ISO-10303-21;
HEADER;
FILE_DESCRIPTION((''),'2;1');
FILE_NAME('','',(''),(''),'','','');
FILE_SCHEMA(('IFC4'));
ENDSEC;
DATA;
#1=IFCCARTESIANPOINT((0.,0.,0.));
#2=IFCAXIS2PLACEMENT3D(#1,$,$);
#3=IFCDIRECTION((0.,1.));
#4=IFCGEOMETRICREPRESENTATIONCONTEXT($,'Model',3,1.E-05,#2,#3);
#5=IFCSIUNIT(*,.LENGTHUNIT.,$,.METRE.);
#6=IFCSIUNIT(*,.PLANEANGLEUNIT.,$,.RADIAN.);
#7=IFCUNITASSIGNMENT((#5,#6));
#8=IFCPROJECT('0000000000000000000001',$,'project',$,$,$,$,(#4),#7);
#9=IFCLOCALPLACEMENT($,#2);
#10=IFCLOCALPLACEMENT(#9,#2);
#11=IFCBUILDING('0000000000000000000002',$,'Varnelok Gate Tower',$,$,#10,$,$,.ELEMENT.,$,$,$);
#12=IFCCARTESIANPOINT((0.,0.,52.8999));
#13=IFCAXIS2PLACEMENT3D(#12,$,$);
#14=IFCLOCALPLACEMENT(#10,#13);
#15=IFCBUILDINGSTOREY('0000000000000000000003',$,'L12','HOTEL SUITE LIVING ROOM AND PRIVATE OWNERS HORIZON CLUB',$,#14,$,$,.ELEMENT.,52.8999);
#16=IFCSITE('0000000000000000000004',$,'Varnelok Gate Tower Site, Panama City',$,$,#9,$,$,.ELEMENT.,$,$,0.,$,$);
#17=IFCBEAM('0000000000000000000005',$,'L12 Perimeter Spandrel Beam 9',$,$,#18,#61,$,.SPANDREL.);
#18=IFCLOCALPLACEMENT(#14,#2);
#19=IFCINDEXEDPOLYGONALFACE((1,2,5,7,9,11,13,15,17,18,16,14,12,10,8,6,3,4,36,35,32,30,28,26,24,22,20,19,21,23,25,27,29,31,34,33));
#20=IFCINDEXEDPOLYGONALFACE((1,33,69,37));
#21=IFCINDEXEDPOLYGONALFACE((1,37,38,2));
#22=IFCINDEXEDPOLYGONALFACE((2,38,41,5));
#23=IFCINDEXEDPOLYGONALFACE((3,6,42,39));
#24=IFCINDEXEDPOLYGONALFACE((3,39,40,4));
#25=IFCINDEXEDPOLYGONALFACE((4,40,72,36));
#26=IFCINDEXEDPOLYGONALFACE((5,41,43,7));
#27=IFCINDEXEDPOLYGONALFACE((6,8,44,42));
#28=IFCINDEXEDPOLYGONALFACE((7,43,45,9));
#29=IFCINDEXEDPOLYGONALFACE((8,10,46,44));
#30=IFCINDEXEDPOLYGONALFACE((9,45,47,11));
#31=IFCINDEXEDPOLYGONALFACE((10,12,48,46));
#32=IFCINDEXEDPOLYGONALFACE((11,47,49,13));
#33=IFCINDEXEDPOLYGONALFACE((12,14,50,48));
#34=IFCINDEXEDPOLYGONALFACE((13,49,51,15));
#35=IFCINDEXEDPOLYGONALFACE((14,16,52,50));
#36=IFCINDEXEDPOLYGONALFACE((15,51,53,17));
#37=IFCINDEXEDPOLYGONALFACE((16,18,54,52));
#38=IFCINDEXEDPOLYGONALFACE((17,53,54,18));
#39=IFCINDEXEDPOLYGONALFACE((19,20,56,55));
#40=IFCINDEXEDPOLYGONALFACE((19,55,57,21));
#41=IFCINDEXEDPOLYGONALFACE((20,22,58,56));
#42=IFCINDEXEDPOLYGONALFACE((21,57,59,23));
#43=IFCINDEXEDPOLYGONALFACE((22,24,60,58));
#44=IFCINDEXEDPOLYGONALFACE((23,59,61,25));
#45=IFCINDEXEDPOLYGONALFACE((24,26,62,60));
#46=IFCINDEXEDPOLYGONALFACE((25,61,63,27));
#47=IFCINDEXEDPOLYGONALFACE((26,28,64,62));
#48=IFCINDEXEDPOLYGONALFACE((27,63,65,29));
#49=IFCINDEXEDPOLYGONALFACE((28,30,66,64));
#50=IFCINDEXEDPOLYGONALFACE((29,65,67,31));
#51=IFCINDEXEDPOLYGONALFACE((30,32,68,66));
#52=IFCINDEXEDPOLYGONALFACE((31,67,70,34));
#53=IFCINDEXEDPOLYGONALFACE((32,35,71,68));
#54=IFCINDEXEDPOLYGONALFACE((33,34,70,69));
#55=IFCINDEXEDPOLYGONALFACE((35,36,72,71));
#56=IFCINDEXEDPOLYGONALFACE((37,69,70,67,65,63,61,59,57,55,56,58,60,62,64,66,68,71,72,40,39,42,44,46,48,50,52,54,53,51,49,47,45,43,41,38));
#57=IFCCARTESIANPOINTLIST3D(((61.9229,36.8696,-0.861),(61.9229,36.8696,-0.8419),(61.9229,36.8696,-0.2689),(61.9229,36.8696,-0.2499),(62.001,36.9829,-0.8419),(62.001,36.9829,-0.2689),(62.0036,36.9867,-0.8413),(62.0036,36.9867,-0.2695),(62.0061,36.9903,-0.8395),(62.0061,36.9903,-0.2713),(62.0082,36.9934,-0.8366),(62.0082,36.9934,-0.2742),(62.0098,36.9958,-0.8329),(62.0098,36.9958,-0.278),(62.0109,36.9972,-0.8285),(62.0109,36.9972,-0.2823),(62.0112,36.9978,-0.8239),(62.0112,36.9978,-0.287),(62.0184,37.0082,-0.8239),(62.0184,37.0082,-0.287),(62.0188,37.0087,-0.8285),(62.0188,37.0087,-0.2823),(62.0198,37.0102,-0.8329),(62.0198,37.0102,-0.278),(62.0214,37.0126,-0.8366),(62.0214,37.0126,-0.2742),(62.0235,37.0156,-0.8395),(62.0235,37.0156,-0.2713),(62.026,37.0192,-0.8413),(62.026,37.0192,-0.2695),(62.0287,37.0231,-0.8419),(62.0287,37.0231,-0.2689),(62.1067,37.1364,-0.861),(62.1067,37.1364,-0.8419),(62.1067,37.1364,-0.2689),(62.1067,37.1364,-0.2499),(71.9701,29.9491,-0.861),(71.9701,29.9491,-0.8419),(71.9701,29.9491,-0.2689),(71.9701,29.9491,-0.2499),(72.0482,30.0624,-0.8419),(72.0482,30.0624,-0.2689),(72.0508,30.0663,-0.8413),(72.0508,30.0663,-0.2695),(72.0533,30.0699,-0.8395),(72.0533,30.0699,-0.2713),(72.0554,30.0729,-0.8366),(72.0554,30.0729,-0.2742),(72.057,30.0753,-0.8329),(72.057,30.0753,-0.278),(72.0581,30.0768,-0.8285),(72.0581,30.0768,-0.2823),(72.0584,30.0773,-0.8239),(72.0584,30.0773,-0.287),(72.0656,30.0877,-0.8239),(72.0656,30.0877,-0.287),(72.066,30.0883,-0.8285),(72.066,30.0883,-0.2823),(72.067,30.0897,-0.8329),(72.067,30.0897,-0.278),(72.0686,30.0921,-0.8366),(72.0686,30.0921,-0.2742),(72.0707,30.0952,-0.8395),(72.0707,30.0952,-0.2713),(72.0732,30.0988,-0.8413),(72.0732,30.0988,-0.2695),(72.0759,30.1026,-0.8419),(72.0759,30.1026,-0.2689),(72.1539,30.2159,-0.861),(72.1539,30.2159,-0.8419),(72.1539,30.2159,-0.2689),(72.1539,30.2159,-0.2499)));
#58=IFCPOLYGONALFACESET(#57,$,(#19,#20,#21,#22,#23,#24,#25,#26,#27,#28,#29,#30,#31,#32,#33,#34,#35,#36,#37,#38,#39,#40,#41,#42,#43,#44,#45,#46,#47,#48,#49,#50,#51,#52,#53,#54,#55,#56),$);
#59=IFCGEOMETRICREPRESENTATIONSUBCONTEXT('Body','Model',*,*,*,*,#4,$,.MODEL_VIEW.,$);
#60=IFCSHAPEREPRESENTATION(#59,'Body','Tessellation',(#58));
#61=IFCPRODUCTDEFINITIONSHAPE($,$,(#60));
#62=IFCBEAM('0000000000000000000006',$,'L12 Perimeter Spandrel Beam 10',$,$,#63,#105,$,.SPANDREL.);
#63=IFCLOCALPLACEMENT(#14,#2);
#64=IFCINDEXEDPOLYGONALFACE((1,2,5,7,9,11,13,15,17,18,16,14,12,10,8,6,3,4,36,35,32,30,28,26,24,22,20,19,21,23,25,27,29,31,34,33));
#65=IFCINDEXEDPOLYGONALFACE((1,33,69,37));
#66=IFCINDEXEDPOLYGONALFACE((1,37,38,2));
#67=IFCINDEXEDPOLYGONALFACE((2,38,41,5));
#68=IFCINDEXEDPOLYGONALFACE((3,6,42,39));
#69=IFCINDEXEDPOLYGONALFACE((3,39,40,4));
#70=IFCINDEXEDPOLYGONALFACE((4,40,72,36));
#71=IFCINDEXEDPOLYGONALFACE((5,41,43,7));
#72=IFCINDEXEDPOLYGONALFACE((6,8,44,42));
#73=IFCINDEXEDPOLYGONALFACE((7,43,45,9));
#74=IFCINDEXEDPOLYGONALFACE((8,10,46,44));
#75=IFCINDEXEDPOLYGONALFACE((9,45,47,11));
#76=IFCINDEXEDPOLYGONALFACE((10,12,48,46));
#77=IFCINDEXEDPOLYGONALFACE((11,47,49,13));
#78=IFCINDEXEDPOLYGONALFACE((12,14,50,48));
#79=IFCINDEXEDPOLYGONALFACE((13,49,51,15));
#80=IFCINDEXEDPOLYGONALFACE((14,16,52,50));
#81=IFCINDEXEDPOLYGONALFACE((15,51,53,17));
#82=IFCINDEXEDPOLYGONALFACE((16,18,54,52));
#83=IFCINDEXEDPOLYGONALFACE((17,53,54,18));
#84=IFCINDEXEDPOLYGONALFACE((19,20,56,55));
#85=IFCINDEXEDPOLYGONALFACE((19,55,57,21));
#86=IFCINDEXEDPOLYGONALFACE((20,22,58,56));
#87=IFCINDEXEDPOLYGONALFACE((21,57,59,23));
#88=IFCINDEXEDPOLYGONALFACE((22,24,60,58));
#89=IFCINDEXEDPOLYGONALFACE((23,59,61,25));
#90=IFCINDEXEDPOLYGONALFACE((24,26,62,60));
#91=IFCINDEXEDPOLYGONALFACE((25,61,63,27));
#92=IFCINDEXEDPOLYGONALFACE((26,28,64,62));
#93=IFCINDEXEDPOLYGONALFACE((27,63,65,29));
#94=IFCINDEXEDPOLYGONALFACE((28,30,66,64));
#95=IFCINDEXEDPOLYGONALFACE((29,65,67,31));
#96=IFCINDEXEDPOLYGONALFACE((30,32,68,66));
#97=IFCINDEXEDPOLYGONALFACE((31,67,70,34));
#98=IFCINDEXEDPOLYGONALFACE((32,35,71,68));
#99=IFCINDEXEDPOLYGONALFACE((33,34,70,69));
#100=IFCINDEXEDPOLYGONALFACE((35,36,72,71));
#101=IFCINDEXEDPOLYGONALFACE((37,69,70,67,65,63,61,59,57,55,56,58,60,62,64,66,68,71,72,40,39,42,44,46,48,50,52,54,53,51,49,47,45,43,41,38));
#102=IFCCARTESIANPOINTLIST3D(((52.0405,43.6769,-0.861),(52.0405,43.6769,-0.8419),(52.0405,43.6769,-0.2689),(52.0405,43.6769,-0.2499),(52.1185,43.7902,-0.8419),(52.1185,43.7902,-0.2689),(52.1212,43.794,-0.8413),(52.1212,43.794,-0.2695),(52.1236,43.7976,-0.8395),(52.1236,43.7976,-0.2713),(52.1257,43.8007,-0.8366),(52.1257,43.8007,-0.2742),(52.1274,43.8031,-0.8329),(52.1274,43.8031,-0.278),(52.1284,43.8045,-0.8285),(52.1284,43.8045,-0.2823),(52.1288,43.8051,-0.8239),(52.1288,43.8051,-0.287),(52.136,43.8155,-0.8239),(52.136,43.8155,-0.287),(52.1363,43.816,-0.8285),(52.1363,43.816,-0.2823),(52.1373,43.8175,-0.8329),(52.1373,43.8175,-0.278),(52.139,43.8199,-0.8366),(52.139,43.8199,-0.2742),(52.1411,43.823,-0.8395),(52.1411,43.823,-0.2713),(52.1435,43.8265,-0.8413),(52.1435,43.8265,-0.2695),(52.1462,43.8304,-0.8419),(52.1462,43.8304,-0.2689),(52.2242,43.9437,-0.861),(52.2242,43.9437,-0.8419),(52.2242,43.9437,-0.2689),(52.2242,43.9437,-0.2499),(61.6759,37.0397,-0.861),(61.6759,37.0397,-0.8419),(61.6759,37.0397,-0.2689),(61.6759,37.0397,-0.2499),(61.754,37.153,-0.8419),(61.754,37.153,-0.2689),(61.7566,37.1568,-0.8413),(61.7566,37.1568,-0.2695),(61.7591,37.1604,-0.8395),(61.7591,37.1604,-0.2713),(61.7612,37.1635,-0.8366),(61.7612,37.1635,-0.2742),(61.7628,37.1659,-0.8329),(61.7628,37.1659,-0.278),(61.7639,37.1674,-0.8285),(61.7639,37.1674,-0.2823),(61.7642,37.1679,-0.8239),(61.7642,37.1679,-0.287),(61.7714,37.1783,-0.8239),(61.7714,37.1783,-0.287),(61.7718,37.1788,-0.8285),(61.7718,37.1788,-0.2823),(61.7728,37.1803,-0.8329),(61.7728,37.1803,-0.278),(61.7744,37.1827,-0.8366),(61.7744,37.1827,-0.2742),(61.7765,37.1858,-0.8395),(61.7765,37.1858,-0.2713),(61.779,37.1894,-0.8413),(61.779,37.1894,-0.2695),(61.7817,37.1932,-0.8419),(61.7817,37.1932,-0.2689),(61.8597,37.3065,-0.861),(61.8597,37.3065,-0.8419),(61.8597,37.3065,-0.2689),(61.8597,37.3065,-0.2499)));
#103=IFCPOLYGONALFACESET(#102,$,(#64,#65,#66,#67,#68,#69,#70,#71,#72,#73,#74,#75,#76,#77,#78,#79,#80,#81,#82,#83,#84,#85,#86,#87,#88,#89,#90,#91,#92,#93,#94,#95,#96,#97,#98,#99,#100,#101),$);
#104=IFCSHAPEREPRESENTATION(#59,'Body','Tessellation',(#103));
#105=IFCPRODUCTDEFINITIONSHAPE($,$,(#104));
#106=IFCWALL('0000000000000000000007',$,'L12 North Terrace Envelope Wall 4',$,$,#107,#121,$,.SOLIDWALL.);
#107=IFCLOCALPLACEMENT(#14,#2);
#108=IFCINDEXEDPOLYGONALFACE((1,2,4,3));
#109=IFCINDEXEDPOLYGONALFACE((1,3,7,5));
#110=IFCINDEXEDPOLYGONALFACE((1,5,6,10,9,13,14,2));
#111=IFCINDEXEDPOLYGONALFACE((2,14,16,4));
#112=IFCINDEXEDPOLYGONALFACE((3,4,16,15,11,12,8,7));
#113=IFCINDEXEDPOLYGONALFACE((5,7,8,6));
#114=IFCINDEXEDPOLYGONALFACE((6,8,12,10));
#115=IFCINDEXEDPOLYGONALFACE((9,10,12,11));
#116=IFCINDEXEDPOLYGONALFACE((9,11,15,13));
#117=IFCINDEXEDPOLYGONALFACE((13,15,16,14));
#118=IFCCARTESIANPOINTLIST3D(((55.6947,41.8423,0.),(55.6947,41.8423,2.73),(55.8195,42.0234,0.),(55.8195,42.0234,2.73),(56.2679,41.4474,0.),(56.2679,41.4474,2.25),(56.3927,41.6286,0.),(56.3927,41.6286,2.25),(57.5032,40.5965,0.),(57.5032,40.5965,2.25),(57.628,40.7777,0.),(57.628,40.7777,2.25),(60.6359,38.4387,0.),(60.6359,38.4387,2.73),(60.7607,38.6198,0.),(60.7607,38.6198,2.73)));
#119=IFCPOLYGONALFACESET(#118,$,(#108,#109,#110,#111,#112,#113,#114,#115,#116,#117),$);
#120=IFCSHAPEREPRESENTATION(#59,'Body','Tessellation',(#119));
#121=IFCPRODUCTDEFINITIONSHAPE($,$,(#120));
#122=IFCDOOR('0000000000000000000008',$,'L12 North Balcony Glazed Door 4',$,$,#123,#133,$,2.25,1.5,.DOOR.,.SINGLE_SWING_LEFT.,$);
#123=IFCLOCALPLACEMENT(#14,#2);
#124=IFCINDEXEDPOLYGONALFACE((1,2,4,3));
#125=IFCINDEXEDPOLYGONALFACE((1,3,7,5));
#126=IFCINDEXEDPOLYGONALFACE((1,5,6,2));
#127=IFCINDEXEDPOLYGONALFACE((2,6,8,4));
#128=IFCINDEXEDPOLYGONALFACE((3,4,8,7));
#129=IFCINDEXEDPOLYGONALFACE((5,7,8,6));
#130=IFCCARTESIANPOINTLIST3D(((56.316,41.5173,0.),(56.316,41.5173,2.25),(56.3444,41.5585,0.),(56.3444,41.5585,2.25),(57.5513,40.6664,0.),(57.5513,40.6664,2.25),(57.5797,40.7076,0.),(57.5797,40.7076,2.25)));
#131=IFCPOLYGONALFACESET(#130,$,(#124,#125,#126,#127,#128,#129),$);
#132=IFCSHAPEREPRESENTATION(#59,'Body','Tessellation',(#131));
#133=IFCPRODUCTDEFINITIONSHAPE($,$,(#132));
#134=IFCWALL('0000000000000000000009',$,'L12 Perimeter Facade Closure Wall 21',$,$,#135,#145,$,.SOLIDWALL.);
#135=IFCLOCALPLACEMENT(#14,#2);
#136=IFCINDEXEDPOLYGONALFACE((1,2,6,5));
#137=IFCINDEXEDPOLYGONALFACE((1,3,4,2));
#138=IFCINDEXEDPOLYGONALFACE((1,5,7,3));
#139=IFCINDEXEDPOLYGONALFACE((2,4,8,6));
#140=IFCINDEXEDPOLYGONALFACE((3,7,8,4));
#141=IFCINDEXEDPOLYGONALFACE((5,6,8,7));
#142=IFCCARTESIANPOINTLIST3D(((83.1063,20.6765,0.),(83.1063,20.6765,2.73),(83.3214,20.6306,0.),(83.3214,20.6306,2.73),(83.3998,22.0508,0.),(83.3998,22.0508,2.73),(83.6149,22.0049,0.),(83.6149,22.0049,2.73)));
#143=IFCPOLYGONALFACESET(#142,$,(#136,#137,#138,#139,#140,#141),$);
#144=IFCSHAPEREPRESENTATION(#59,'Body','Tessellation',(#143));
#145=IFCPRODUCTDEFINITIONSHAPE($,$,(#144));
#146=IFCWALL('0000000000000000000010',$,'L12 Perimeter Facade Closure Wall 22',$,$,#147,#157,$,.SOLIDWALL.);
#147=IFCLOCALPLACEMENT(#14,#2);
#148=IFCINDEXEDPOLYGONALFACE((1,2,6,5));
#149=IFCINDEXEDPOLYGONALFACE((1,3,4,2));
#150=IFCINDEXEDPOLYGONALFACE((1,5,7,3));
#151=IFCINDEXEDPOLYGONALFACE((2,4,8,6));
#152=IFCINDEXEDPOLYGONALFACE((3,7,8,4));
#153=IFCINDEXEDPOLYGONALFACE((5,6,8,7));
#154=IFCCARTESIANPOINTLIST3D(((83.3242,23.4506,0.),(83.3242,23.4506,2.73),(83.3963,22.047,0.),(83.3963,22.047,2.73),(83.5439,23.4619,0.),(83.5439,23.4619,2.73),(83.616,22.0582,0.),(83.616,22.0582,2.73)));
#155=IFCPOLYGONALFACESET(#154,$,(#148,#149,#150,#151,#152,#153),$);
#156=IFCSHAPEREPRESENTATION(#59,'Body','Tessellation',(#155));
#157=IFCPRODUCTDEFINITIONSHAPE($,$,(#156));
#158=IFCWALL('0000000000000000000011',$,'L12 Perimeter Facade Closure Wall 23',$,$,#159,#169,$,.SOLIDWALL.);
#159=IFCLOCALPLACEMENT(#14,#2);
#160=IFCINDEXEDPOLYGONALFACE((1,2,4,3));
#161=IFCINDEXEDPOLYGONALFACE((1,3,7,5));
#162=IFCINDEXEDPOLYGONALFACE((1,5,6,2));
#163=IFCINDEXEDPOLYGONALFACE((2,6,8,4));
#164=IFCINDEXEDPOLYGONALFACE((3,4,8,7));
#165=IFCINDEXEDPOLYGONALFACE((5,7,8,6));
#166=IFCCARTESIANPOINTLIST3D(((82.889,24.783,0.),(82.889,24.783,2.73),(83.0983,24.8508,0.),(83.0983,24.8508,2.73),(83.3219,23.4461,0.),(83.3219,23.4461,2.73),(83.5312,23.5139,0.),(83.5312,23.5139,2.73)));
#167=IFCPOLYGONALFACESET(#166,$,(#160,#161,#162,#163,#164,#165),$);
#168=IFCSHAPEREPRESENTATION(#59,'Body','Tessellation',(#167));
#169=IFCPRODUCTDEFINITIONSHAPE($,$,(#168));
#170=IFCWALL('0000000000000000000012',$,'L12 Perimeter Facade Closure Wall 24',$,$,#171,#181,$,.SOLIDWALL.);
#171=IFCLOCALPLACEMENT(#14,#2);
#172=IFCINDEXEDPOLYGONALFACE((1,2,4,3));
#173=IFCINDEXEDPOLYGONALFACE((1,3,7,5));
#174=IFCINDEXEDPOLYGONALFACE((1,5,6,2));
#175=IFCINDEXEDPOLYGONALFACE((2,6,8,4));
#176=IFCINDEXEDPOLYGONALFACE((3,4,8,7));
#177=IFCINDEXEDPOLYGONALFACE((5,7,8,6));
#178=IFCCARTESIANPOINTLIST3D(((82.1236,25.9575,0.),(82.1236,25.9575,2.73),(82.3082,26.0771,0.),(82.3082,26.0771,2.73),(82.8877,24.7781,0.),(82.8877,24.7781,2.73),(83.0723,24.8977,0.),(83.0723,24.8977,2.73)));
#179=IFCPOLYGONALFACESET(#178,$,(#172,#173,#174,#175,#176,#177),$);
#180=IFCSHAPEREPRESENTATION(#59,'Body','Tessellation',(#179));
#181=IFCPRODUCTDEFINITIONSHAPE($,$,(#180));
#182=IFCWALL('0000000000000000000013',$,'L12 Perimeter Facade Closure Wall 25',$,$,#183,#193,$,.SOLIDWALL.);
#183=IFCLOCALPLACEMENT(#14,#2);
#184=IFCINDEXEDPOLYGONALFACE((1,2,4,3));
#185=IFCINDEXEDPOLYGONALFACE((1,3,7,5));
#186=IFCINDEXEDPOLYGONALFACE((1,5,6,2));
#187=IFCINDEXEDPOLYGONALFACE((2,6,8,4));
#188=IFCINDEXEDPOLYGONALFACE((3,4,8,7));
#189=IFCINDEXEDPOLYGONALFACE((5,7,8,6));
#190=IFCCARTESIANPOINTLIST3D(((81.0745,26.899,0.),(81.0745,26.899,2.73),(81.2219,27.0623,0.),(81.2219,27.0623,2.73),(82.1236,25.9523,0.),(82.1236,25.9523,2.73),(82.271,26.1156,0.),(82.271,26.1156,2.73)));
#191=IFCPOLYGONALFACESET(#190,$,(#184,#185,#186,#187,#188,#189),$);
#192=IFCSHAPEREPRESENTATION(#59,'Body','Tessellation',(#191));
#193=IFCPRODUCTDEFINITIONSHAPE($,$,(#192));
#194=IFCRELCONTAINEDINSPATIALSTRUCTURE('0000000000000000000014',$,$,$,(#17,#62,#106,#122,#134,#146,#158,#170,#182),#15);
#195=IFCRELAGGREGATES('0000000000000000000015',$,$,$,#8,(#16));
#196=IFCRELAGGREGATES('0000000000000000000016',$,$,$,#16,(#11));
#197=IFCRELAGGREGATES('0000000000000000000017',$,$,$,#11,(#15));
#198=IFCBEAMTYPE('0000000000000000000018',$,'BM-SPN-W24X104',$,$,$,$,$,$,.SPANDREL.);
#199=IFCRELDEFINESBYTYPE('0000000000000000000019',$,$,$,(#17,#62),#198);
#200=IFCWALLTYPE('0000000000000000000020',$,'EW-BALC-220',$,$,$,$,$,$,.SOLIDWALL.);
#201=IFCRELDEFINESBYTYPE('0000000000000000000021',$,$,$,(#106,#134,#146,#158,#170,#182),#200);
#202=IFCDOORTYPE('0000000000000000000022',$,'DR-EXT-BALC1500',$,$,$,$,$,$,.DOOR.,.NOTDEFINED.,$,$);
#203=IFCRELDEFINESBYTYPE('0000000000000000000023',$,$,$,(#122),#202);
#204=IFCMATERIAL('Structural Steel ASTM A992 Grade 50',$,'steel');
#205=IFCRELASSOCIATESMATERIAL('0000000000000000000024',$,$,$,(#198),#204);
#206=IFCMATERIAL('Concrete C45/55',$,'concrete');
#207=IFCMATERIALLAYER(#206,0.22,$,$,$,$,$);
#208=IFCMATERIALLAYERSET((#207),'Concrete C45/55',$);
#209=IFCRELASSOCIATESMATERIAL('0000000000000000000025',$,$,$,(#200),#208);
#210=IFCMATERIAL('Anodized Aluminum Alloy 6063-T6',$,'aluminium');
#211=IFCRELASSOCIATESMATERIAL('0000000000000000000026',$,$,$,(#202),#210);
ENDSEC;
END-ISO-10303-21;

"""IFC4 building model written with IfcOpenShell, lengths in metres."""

from ifc_helpers import new_model, si_unit, direction, frame, frame_2d, origin, origin_2d, place, context, subcontext, project, spatial, rectangle, i_section, extrude, material, layer, layer_set, material_profile, profile_set, type_object, element, fill, save


model = new_model("IFC4")

# Units and contexts
model_context = context("Model", 3, precision=1e-05, world=origin(), true_north=direction((0.0, 1.0)))
body_context = subcontext(model_context, "Body", "Model", "MODEL_VIEW")
ifc_project = project(units=[si_unit("LENGTHUNIT", "METRE"), si_unit("PLANEANGLEUNIT", "RADIAN")], contexts=[model_context])

# Site, building, storey
site_placement = place(None, origin())
site = spatial("IfcSite", under=ifc_project, at=site_placement, Name="Varnelok Gate Tower Site, Panama City", CompositionType="ELEMENT", RefElevation=0.0)
building_placement = place(site_placement, origin())
building = spatial("IfcBuilding", under=site, at=building_placement, Name="Varnelok Gate Tower", CompositionType="ELEMENT")
storey_placement = place(building_placement, frame((0.0, 0.0, 52.8999)))
storey = spatial("IfcBuildingStorey", under=building, at=storey_placement, Name="L12", Description="HOTEL SUITE LIVING ROOM AND PRIVATE OWNERS HORIZON CLUB", CompositionType="ELEMENT", Elevation=52.8999)

# Shared definitions
ifc_material_1 = material(Name="Structural Steel ASTM A992 Grade 50", Category="steel")

# Beams
ifc_material_profile_1 = material_profile(ifc_material_1, i_section(OverallWidth=0.324, OverallDepth=0.6111, WebThickness=0.0127, FlangeThickness=0.019, FilletRadius=0.0181, at=origin_2d()), Name="W24X104")
ifc_profile_set_1 = profile_set([ifc_material_profile_1], Name="Structural Steel ASTM A992 Grade 50")
beam_type_1 = type_object("IfcBeamType", Name="BM-SPN-W24X104", PredefinedType="SPANDREL", material=ifc_profile_set_1)
beam_1_placement = place(storey_placement, frame((72.062, 30.0825, -0.5554), z_axis=(-0.823544, 0.567253, 0.0), x_axis=(-0.567253, -0.823544, 0.0)))
element("IfcBeam", 1, at=beam_1_placement, inside=storey, type_object=beam_type_1, Name="L12 Perimeter Spandrel Beam 9", PredefinedType="SPANDREL", context=body_context, shape_type="SweptSolid", body=[
    extrude(i_section(OverallWidth=0.324, OverallDepth=0.6111, WebThickness=0.0127, FlangeThickness=0.019, FilletRadius=0.0181, at=origin_2d()), origin(), (0.0, 0.0, 1.0), 12.2),
])
beam_2_placement = place(storey_placement, frame((61.7678, 37.1731, -0.5554), z_axis=(-0.823531, 0.567272, 0.0), x_axis=(-0.567272, -0.823531, 0.0)))
element("IfcBeam", 2, at=beam_2_placement, inside=storey, type_object=beam_type_1, Name="L12 Perimeter Spandrel Beam 10", PredefinedType="SPANDREL", context=body_context, shape_type="SweptSolid", body=[
    extrude(i_section(OverallWidth=0.324, OverallDepth=0.6111, WebThickness=0.0127, FlangeThickness=0.019, FilletRadius=0.0181, at=origin_2d()), origin(), (0.0, 0.0, 1.0), 11.7002),
])

# Wall, opening, door
ifc_material_2 = material(Name="Concrete C45/55", Category="concrete")
ifc_layer = layer(ifc_material_2, 0.22)
ifc_layer_set = layer_set([ifc_layer], Name="Concrete C45/55")
wall_type = type_object("IfcWallType", Name="EW-BALC-220", PredefinedType="SOLIDWALL", material=ifc_layer_set)
wall_1_placement = place(storey_placement, frame((55.7571, 41.9329, 0.0), z_axis=(0.0, 0.0, 1.0), x_axis=(0.823535, -0.567266, 0.0)))
wall_1 = element("IfcWall", 3, at=wall_1_placement, inside=storey, type_object=wall_type, Name="L12 North Terrace Envelope Wall 4", PredefinedType="SOLIDWALL", context=body_context, shape_type="SweptSolid", body=[
    extrude(rectangle(XDim=6.0, YDim=0.22, at=frame_2d((3.0, 0.0))), origin(), (0.0, 0.0, 1.0), 2.73),
])
opening_1_placement = place(wall_1_placement, frame((0.696, 0.0, 0.0)))
opening_1 = element("IfcOpeningElement", 4, at=opening_1_placement, cuts=wall_1, PredefinedType="OPENING", context=body_context, shape_type="SweptSolid", body=[
    extrude(rectangle(XDim=1.5, YDim=2.25, at=frame_2d((0.75, 1.125))), frame((0.0, 0.1199, 0.0), z_axis=(0.0, -1.0, 0.0), x_axis=(1.0, 0.0, 0.0)), (0.0, 0.0, 1.0), 0.24),
])
ifc_material_3 = material(Name="Anodized Aluminum Alloy 6063-T6", Category="aluminium")
door_type = type_object("IfcDoorType", Name="DR-EXT-BALC1500", OperationType="NOTDEFINED", PredefinedType="DOOR", material=ifc_material_3)
door_placement = place(opening_1_placement, origin())
door = element("IfcDoor", 5, at=door_placement, inside=storey, type_object=door_type, Name="L12 North Balcony Glazed Door 4", OperationType="SINGLE_SWING_LEFT", OverallHeight=2.25, OverallWidth=1.5, PredefinedType="DOOR", context=body_context, shape_type="SweptSolid", body=[
    extrude(rectangle(XDim=1.5, YDim=2.25, at=frame_2d((0.75, 1.125))), frame((0.0, 0.0249, 0.0), z_axis=(0.0, -1.0, 0.0), x_axis=(1.0, 0.0, 0.0)), (0.0, 0.0, 1.0), 0.05),
])
fill(opening_1, door)

# Walls
wall_2_placement = place(storey_placement, frame((83.2139, 20.6536, 0.0), z_axis=(0.0, 0.0, 1.0), x_axis=(0.208829, 0.977952, 0.0)))
element("IfcWall", 6, at=wall_2_placement, inside=storey, type_object=wall_type, Name="L12 Perimeter Facade Closure Wall 21", PredefinedType="SOLIDWALL", context=body_context, shape_type="SweptSolid", body=[
    extrude(rectangle(XDim=1.4053, YDim=0.22, at=frame_2d((0.7026, 0.0))), origin(), (0.0, 0.0, 1.0), 2.73),
])
wall_3_placement = place(storey_placement, frame((83.5061, 22.0527, 0.0), z_axis=(0.0, 0.0, 1.0), x_axis=(-0.051246, 0.998686, 0.0)))
element("IfcWall", 7, at=wall_3_placement, inside=storey, type_object=wall_type, Name="L12 Perimeter Facade Closure Wall 22", PredefinedType="SOLIDWALL", context=body_context, shape_type="SweptSolid", body=[
    extrude(rectangle(XDim=1.4055, YDim=0.22, at=frame_2d((0.7026, 0.0))), origin(), (0.0, 0.0, 1.0), 2.73),
])
for number, where, z_axis, x_axis, name in (
    (8, (83.4265, 23.48, 0.0), (0.0, 0.0, 1.0), (-0.308033, 0.951376, 0.0), "L12 Perimeter Facade Closure Wall 23"),
    (9, (82.98, 24.8379, 0.0), (0.0, 0.0, 1.0), (-0.543748, 0.839248, 0.0), "L12 Perimeter Facade Closure Wall 24"),
):
    element("IfcWall", number, at=place(storey_placement, frame(where, z_axis=z_axis, x_axis=x_axis)), inside=storey, type_object=wall_type, Name=name, PredefinedType="SOLIDWALL", context=body_context, shape_type="SweptSolid", body=[
        extrude(rectangle(XDim=1.4053, YDim=0.22, at=frame_2d((0.7026, 0.0))), origin(), (0.0, 0.0, 1.0), 2.73),
    ])
wall_4_placement = place(storey_placement, frame((82.1973, 26.0339, 0.0), z_axis=(0.0, 0.0, 1.0), x_axis=(-0.742374, 0.669985, 0.0)))
element("IfcWall", 10, at=wall_4_placement, inside=storey, type_object=wall_type, Name="L12 Perimeter Facade Closure Wall 25", PredefinedType="SOLIDWALL", context=body_context, shape_type="SweptSolid", body=[
    extrude(rectangle(XDim=1.4131, YDim=0.22, at=frame_2d((0.7065, 0.0))), origin(), (0.0, 0.0, 1.0), 2.73),
])

save(model, "model.ifc")
